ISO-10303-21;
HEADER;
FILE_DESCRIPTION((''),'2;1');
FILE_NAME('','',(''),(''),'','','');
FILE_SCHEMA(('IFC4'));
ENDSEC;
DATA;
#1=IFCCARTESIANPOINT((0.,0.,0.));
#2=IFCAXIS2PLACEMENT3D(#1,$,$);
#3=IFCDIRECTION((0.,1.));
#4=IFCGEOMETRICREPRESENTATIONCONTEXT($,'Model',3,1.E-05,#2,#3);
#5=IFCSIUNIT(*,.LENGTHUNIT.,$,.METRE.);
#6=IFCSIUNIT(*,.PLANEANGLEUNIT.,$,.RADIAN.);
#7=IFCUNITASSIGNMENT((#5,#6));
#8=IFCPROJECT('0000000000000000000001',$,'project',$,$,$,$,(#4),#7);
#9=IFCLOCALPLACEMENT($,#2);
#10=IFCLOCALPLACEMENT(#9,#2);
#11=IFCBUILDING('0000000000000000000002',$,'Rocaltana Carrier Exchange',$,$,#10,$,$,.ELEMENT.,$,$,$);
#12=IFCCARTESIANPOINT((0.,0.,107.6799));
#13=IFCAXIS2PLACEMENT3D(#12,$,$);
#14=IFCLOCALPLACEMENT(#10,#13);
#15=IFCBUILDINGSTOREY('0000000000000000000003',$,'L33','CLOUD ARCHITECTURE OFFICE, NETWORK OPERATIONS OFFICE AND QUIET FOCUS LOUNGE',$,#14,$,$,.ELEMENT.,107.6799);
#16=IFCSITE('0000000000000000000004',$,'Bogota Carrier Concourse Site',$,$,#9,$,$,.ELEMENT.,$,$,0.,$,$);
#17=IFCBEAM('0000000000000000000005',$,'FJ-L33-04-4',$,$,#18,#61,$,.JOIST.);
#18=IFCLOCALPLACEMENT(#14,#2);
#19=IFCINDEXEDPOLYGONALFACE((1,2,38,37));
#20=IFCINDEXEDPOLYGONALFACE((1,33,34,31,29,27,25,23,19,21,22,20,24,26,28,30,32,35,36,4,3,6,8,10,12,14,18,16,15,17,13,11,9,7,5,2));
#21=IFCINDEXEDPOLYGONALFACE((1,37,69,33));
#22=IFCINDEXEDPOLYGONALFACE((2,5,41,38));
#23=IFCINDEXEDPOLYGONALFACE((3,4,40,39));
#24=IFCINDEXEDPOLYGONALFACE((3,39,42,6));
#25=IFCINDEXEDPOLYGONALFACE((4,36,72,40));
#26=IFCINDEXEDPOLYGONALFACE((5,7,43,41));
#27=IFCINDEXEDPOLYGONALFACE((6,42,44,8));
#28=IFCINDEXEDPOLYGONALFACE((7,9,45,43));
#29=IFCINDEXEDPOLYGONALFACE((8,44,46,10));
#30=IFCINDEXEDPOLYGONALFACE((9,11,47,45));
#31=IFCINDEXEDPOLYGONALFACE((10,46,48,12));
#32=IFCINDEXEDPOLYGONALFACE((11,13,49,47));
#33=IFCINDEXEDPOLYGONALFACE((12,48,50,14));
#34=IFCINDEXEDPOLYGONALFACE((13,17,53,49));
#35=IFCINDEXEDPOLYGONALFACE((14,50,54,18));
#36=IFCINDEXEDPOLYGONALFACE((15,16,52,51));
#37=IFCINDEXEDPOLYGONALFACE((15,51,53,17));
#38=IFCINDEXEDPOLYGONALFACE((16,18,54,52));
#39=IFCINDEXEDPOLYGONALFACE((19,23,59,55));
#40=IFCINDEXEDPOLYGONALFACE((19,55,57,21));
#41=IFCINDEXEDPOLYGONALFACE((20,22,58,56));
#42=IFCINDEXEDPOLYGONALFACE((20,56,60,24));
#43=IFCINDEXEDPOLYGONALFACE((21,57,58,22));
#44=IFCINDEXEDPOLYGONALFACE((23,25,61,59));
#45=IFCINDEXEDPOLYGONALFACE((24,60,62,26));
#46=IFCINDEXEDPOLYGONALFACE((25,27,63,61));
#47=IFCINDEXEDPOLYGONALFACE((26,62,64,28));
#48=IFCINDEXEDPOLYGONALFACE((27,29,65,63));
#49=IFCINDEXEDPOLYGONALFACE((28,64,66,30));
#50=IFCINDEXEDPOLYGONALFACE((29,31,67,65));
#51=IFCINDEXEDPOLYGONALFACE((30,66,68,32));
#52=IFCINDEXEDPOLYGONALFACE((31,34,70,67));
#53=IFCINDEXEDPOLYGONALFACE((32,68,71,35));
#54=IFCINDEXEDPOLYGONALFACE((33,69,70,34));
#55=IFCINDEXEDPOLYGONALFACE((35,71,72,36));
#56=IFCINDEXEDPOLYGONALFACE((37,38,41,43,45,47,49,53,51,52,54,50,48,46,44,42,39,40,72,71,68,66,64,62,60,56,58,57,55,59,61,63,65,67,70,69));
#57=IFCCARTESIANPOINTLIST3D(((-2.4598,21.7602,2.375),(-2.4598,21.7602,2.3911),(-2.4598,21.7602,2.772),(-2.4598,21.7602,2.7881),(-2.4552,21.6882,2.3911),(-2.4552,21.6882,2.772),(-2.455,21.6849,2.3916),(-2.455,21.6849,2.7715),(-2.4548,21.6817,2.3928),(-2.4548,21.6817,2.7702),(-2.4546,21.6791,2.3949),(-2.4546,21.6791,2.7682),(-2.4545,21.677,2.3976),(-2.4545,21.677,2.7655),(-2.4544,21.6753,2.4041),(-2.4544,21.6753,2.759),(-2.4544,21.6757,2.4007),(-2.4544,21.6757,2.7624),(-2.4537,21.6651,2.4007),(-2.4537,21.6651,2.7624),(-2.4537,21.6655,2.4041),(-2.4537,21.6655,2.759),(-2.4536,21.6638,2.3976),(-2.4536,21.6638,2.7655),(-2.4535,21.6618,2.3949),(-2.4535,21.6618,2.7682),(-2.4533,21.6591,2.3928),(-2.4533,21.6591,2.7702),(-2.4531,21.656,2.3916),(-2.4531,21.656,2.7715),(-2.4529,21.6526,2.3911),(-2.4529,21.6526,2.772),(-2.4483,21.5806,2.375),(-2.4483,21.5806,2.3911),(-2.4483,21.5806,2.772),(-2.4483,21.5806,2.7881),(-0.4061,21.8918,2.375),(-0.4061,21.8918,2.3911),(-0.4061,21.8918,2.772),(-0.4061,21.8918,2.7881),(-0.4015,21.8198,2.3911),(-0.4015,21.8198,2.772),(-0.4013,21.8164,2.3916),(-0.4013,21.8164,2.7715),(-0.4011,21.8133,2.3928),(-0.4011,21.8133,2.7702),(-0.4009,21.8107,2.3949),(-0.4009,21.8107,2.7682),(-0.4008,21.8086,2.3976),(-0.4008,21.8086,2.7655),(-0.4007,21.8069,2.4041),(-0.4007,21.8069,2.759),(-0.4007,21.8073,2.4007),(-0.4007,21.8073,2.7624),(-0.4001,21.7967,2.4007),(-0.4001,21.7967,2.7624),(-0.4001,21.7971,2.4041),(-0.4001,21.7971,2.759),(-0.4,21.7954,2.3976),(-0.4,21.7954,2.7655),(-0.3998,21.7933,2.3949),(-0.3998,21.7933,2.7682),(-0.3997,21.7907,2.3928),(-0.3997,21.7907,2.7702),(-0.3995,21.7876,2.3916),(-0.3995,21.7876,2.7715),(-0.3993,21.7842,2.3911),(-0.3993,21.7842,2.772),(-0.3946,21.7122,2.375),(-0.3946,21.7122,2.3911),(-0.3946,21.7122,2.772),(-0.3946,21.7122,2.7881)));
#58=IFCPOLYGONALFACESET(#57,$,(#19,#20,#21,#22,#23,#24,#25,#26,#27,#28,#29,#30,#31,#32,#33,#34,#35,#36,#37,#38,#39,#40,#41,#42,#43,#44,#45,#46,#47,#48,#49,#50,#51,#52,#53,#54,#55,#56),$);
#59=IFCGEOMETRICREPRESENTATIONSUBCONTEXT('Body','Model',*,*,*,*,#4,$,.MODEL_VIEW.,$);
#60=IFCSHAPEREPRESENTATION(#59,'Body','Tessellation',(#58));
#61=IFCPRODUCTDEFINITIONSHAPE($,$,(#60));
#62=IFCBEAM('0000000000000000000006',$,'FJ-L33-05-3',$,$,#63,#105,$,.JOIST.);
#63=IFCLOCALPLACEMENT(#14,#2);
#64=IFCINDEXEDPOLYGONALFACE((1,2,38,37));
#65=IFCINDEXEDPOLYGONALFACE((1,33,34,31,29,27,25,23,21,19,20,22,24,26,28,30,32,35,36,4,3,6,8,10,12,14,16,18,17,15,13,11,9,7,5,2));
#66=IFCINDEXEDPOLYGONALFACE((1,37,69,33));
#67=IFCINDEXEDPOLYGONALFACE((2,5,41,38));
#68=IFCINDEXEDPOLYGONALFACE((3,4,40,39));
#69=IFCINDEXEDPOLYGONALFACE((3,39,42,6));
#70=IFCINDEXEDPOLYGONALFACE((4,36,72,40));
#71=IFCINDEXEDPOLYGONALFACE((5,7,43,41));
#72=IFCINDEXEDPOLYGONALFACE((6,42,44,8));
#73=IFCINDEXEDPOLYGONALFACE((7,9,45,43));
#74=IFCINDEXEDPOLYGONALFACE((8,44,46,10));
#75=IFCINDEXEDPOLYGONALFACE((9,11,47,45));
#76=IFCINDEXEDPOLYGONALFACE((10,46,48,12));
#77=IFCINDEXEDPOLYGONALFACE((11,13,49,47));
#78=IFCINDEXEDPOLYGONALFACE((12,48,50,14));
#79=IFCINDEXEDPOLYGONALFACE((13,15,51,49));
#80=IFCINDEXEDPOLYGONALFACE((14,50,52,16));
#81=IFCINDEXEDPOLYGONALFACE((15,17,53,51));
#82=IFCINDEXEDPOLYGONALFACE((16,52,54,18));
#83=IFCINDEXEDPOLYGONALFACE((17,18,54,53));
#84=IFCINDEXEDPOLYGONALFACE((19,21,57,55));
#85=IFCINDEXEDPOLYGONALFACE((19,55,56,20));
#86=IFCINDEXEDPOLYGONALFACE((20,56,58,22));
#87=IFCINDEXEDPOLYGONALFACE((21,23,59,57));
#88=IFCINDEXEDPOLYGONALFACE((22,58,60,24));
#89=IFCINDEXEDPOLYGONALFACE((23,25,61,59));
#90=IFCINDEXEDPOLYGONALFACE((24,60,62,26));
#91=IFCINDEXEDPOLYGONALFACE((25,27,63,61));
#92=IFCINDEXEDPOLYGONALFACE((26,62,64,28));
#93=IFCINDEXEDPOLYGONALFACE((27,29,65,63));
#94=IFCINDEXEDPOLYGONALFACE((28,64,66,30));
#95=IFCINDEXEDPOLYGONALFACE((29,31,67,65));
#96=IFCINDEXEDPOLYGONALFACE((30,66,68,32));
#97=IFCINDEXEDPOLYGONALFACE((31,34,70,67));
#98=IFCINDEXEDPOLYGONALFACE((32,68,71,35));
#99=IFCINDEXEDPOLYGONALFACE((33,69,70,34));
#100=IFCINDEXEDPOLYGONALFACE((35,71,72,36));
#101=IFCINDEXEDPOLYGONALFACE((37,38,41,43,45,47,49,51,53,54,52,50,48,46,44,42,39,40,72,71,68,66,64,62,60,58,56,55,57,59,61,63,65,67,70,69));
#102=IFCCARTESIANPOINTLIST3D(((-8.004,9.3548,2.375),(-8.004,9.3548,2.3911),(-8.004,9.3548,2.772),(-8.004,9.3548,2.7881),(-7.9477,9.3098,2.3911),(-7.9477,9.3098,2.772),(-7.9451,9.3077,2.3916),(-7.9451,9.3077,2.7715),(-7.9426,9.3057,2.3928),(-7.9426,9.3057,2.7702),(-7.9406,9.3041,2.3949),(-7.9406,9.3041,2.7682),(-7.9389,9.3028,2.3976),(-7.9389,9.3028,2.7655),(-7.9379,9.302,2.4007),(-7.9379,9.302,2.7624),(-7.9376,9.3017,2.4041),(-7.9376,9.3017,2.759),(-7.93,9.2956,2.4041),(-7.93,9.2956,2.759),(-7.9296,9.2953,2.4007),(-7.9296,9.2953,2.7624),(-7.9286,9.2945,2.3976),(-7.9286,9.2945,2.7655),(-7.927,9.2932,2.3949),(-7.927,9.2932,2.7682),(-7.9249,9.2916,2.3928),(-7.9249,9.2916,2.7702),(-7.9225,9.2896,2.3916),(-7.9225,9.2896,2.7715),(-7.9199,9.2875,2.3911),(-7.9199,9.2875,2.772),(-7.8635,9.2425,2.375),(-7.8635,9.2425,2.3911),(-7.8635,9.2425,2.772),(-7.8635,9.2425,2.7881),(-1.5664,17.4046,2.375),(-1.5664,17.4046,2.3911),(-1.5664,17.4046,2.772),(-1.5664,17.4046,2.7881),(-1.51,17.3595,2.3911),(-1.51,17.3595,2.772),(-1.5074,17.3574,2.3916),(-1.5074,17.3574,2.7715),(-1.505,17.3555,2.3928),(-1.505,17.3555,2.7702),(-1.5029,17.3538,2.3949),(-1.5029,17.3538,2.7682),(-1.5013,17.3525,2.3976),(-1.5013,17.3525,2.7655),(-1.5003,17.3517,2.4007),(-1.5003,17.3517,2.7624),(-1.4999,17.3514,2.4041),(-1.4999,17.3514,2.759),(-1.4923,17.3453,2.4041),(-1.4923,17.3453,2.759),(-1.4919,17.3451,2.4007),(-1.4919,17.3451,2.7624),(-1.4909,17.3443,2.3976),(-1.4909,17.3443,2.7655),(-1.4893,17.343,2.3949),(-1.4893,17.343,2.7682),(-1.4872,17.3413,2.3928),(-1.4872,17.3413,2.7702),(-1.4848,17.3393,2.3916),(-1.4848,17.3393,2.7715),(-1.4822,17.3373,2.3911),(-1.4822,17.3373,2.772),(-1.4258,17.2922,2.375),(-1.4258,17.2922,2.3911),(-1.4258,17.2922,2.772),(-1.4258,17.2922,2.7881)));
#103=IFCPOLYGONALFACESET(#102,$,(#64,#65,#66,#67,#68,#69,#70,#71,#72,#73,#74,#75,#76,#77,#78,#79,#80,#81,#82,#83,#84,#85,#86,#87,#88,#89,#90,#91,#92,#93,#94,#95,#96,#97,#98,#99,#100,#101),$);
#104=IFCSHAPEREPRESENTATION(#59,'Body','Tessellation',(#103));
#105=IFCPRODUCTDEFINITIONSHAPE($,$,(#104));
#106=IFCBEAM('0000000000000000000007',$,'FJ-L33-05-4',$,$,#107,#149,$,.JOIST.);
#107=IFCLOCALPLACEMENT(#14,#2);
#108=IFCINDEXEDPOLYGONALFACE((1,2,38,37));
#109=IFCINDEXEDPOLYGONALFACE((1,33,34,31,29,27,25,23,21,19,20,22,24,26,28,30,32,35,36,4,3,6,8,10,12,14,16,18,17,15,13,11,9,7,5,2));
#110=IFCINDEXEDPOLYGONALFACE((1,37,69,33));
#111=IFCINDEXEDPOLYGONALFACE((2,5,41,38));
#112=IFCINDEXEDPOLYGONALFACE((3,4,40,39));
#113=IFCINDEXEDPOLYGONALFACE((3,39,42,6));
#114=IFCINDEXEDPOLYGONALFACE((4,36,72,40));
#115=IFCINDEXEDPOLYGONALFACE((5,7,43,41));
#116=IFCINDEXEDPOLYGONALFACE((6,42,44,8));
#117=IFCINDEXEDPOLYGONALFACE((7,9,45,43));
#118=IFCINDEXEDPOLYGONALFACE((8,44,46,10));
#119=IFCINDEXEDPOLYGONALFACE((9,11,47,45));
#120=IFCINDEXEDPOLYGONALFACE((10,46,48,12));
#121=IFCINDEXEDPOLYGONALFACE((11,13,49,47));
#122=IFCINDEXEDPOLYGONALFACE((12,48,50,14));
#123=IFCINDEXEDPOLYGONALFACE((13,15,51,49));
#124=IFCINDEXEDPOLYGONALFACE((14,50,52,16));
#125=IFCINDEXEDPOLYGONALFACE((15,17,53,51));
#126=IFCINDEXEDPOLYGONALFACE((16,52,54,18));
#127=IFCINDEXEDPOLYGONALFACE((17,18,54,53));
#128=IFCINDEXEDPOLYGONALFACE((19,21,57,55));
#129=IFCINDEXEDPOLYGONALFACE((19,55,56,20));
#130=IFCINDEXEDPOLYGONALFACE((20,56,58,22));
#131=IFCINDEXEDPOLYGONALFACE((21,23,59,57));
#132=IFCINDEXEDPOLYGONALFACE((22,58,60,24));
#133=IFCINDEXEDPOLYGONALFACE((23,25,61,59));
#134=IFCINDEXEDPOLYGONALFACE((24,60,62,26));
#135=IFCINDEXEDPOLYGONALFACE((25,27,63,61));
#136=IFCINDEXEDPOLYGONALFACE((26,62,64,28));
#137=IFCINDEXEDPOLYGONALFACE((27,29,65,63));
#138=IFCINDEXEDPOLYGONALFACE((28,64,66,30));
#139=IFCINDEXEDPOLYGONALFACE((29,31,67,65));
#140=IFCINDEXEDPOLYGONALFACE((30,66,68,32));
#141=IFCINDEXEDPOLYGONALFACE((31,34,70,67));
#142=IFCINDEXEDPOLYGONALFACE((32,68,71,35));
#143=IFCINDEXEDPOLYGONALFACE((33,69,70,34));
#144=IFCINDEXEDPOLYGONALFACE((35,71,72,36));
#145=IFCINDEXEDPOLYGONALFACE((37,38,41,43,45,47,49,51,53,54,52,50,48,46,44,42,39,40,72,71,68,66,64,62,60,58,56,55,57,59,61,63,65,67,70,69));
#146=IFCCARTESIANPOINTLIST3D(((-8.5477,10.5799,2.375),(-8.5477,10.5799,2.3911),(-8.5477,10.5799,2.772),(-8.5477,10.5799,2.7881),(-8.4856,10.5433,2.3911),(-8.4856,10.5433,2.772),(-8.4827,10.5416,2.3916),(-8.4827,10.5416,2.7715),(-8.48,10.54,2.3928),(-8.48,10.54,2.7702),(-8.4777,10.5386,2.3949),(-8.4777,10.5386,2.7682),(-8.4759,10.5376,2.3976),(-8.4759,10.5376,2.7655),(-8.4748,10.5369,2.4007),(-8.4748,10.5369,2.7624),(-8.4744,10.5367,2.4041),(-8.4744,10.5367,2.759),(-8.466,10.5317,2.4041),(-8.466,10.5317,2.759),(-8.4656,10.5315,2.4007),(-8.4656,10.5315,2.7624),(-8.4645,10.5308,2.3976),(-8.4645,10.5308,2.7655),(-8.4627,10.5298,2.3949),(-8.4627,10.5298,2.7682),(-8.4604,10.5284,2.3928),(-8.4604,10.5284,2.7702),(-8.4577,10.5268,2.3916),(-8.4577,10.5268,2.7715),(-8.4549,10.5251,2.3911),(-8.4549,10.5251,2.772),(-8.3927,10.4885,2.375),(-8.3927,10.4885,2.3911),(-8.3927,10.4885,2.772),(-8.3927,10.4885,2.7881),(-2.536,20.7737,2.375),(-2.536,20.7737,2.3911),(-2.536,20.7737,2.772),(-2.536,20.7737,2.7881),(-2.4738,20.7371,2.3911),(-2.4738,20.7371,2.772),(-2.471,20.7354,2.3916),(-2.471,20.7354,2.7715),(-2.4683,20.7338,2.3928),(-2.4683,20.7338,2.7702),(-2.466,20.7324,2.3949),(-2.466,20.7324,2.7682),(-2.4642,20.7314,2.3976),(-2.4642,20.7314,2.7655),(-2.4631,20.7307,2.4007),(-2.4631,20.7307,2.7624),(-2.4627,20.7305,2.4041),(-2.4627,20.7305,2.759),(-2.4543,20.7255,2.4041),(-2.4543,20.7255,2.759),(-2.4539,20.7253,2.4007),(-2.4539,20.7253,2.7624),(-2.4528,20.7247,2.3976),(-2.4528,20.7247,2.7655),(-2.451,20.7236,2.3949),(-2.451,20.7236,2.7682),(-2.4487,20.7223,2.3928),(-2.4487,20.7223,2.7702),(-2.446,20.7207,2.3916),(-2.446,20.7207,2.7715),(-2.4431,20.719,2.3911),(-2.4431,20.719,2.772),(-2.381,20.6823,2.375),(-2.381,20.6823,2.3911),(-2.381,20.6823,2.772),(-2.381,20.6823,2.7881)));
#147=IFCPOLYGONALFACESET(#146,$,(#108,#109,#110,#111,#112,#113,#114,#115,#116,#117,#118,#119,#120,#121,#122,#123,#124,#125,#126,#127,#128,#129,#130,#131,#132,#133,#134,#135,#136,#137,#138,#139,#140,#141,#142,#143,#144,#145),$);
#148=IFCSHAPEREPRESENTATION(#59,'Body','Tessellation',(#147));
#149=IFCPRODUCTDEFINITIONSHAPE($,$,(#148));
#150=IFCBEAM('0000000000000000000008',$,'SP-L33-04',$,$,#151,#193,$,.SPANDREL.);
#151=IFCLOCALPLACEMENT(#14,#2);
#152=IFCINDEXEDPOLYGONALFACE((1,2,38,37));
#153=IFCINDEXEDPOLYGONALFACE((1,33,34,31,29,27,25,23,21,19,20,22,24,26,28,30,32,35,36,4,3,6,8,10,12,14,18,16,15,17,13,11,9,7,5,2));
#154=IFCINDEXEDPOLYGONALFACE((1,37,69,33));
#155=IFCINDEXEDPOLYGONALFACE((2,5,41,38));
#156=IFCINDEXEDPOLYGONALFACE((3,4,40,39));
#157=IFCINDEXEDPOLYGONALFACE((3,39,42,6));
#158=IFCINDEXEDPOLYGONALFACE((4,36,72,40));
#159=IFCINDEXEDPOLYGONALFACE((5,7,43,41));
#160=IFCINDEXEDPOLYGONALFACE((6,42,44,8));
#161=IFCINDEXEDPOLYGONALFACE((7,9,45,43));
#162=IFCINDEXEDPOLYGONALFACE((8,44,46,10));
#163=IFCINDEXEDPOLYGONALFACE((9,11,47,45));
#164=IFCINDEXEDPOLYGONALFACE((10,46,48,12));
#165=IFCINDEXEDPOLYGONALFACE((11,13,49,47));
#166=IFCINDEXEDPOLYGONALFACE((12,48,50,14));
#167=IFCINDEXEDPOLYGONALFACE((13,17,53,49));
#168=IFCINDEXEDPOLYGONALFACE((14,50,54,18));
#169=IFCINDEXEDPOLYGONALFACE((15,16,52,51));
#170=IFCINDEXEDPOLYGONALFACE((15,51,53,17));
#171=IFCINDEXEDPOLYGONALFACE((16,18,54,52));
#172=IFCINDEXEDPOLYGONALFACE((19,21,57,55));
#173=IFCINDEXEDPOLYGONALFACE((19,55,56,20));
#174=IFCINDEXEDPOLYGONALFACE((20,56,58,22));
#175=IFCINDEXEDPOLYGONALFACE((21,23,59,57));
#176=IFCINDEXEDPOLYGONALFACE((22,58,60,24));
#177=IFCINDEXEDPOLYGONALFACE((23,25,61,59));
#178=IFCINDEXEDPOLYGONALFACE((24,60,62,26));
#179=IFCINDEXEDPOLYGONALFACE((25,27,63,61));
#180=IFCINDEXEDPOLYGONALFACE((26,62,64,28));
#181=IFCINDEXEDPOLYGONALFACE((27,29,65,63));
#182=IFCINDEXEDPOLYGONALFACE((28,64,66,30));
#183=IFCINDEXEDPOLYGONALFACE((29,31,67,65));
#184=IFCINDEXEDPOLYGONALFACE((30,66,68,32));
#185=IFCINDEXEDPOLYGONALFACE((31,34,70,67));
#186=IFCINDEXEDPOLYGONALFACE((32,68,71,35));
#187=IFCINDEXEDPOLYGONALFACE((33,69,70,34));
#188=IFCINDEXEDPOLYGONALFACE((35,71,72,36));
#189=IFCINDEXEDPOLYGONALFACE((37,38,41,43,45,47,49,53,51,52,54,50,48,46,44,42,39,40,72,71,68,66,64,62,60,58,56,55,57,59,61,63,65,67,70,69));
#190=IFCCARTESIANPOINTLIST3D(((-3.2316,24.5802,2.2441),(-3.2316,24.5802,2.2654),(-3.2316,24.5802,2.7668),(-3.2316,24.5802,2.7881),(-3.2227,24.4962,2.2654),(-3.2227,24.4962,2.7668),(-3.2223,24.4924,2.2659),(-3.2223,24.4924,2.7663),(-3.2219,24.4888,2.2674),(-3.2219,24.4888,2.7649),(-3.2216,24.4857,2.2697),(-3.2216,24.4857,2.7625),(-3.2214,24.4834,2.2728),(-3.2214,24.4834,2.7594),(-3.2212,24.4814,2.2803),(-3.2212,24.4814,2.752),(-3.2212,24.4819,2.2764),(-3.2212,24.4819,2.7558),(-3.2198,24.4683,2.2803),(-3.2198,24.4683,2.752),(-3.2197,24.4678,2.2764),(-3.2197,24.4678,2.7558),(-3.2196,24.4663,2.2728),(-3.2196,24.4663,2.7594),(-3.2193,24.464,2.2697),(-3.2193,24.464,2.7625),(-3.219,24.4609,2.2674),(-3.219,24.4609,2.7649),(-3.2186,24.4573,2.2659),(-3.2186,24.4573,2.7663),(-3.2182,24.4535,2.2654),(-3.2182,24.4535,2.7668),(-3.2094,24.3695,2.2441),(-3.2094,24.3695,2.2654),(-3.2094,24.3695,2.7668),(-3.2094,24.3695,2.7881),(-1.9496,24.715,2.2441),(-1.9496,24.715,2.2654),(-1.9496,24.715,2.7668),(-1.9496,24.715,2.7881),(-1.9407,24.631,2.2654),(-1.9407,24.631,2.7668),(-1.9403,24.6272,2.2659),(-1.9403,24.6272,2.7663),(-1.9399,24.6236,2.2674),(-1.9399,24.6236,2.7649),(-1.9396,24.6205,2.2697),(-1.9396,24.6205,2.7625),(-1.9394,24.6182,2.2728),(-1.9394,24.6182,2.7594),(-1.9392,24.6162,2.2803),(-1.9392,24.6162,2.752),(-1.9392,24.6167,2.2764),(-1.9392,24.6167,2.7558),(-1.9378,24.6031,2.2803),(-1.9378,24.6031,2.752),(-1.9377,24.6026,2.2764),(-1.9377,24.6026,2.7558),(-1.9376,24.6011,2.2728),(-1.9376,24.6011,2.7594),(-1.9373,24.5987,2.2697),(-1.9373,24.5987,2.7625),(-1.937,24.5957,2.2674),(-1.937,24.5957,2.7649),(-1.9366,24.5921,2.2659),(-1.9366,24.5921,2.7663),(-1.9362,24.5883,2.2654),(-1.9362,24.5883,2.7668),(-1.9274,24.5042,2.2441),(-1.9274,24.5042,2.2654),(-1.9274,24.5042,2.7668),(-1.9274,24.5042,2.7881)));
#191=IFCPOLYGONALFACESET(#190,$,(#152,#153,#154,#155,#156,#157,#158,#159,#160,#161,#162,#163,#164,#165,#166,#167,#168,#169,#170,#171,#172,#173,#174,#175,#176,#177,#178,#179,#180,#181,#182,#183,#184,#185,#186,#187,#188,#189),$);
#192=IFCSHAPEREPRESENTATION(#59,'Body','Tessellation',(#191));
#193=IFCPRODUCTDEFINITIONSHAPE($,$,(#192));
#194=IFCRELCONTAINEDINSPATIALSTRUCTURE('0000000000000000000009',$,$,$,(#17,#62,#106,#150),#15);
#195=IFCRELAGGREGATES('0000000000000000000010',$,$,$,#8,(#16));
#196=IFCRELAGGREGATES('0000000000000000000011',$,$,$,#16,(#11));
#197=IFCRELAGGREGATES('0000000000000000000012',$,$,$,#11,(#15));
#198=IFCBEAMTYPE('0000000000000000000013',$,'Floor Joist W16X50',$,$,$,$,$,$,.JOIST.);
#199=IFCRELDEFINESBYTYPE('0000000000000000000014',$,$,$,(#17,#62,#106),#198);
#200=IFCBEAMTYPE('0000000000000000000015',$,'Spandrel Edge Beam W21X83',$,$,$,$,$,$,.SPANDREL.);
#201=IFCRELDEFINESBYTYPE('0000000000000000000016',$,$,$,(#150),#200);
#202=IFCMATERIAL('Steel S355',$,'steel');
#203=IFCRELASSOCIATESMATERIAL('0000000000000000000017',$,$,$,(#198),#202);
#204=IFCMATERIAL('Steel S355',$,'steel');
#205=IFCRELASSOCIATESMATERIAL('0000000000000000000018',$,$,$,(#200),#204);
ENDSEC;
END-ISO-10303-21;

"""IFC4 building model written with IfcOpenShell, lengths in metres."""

from ifc_helpers import new_model, si_unit, direction, frame, origin, origin_2d, place, context, subcontext, project, spatial, i_section, extrude, material, material_profile, profile_set, type_object, element, save


model = new_model("IFC4")

# Units and contexts
model_context = context("Model", 3, precision=1e-05, world=origin(), true_north=direction((0.0, 1.0)))
body_context = subcontext(model_context, "Body", "Model", "MODEL_VIEW")
ifc_project = project(units=[si_unit("LENGTHUNIT", "METRE"), si_unit("PLANEANGLEUNIT", "RADIAN")], contexts=[model_context])

# Site, building, storey
site_placement = place(None, origin())
site = spatial("IfcSite", under=ifc_project, at=site_placement, Name="Bogota Carrier Concourse Site", CompositionType="ELEMENT", RefElevation=0.0)
building_placement = place(site_placement, origin())
building = spatial("IfcBuilding", under=site, at=building_placement, Name="Rocaltana Carrier Exchange", CompositionType="ELEMENT")
storey_placement = place(building_placement, frame((0.0, 0.0, 107.6799)))
storey = spatial("IfcBuildingStorey", under=building, at=storey_placement, Name="L33", Description="CLOUD ARCHITECTURE OFFICE, NETWORK OPERATIONS OFFICE AND QUIET FOCUS LOUNGE", CompositionType="ELEMENT", Elevation=107.6799)

# Beams
ifc_material_1 = material(Name="Steel S355", Category="steel")
ifc_material_profile_1 = material_profile(ifc_material_1, i_section(OverallWidth=0.1799, OverallDepth=0.4131, WebThickness=0.0098, FlangeThickness=0.0161, FilletRadius=0.0129, at=origin_2d()), Name="W16X50")
ifc_profile_set_1 = profile_set([ifc_material_profile_1], Name="Steel S355")
beam_type_1 = type_object("IfcBeamType", Name="Floor Joist W16X50", PredefinedType="JOIST", material=ifc_profile_set_1)
beam_1_placement = place(storey_placement, frame((-0.4004, 21.802, 2.5815), z_axis=(-0.997953, -0.063944, 0.0), x_axis=(0.063944, -0.997953, 0.0)))
element("IfcBeam", 1, at=beam_1_placement, inside=storey, type_object=beam_type_1, Name="FJ-L33-04-4", PredefinedType="JOIST", context=body_context, shape_type="SweptSolid", body=[
    extrude(i_section(OverallWidth=0.1799, OverallDepth=0.4131, WebThickness=0.0098, FlangeThickness=0.0161, FilletRadius=0.0129, at=origin_2d()), origin(), (0.0, 0.0, 1.0), 2.0579),
])
beam_2_placement = place(storey_placement, frame((-1.4961, 17.3484, 2.5815), z_axis=(-0.624571, -0.780968, 0.0), x_axis=(0.780968, -0.624571, 0.0)))
element("IfcBeam", 2, at=beam_2_placement, inside=storey, type_object=beam_type_1, Name="FJ-L33-05-3", PredefinedType="JOIST", context=body_context, shape_type="SweptSolid", body=[
    extrude(i_section(OverallWidth=0.1799, OverallDepth=0.4131, WebThickness=0.0098, FlangeThickness=0.0161, FilletRadius=0.0129, at=origin_2d()), origin(), (0.0, 0.0, 1.0), 10.3074),
])
beam_3_placement = place(storey_placement, frame((-2.4585, 20.728, 2.5815), z_axis=(-0.507983, -0.861367, 0.0), x_axis=(0.861367, -0.507983, 0.0)))
element("IfcBeam", 3, at=beam_3_placement, inside=storey, type_object=beam_type_1, Name="FJ-L33-05-4", PredefinedType="JOIST", context=body_context, shape_type="SweptSolid", body=[
    extrude(i_section(OverallWidth=0.1799, OverallDepth=0.4131, WebThickness=0.0098, FlangeThickness=0.0161, FilletRadius=0.0129, at=origin_2d()), origin(), (0.0, 0.0, 1.0), 11.8345),
])
ifc_material_2 = material(Name="Steel S355", Category="steel")
ifc_material_profile_2 = material_profile(ifc_material_2, i_section(OverallWidth=0.2119, OverallDepth=0.5439, WebThickness=0.0132, FlangeThickness=0.0212, FilletRadius=0.0149, at=origin_2d()), Name="W21X83")
ifc_profile_set_2 = profile_set([ifc_material_profile_2], Name="Steel S355")
beam_type_2 = type_object("IfcBeamType", Name="Spandrel Edge Beam W21X83", PredefinedType="SPANDREL", material=ifc_profile_set_2)
beam_4_placement = place(storey_placement, frame((-1.9385, 24.6096, 2.5161), z_axis=(-0.99452, -0.104547, 0.0), x_axis=(0.104547, -0.99452, 0.0)))
element("IfcBeam", 4, at=beam_4_placement, inside=storey, type_object=beam_type_2, Name="SP-L33-04", PredefinedType="SPANDREL", context=body_context, shape_type="SweptSolid", body=[
    extrude(i_section(OverallWidth=0.2119, OverallDepth=0.5439, WebThickness=0.0132, FlangeThickness=0.0212, FilletRadius=0.0149, at=origin_2d()), origin(), (0.0, 0.0, 1.0), 1.2891),
])

save(model, "model.ifc")
